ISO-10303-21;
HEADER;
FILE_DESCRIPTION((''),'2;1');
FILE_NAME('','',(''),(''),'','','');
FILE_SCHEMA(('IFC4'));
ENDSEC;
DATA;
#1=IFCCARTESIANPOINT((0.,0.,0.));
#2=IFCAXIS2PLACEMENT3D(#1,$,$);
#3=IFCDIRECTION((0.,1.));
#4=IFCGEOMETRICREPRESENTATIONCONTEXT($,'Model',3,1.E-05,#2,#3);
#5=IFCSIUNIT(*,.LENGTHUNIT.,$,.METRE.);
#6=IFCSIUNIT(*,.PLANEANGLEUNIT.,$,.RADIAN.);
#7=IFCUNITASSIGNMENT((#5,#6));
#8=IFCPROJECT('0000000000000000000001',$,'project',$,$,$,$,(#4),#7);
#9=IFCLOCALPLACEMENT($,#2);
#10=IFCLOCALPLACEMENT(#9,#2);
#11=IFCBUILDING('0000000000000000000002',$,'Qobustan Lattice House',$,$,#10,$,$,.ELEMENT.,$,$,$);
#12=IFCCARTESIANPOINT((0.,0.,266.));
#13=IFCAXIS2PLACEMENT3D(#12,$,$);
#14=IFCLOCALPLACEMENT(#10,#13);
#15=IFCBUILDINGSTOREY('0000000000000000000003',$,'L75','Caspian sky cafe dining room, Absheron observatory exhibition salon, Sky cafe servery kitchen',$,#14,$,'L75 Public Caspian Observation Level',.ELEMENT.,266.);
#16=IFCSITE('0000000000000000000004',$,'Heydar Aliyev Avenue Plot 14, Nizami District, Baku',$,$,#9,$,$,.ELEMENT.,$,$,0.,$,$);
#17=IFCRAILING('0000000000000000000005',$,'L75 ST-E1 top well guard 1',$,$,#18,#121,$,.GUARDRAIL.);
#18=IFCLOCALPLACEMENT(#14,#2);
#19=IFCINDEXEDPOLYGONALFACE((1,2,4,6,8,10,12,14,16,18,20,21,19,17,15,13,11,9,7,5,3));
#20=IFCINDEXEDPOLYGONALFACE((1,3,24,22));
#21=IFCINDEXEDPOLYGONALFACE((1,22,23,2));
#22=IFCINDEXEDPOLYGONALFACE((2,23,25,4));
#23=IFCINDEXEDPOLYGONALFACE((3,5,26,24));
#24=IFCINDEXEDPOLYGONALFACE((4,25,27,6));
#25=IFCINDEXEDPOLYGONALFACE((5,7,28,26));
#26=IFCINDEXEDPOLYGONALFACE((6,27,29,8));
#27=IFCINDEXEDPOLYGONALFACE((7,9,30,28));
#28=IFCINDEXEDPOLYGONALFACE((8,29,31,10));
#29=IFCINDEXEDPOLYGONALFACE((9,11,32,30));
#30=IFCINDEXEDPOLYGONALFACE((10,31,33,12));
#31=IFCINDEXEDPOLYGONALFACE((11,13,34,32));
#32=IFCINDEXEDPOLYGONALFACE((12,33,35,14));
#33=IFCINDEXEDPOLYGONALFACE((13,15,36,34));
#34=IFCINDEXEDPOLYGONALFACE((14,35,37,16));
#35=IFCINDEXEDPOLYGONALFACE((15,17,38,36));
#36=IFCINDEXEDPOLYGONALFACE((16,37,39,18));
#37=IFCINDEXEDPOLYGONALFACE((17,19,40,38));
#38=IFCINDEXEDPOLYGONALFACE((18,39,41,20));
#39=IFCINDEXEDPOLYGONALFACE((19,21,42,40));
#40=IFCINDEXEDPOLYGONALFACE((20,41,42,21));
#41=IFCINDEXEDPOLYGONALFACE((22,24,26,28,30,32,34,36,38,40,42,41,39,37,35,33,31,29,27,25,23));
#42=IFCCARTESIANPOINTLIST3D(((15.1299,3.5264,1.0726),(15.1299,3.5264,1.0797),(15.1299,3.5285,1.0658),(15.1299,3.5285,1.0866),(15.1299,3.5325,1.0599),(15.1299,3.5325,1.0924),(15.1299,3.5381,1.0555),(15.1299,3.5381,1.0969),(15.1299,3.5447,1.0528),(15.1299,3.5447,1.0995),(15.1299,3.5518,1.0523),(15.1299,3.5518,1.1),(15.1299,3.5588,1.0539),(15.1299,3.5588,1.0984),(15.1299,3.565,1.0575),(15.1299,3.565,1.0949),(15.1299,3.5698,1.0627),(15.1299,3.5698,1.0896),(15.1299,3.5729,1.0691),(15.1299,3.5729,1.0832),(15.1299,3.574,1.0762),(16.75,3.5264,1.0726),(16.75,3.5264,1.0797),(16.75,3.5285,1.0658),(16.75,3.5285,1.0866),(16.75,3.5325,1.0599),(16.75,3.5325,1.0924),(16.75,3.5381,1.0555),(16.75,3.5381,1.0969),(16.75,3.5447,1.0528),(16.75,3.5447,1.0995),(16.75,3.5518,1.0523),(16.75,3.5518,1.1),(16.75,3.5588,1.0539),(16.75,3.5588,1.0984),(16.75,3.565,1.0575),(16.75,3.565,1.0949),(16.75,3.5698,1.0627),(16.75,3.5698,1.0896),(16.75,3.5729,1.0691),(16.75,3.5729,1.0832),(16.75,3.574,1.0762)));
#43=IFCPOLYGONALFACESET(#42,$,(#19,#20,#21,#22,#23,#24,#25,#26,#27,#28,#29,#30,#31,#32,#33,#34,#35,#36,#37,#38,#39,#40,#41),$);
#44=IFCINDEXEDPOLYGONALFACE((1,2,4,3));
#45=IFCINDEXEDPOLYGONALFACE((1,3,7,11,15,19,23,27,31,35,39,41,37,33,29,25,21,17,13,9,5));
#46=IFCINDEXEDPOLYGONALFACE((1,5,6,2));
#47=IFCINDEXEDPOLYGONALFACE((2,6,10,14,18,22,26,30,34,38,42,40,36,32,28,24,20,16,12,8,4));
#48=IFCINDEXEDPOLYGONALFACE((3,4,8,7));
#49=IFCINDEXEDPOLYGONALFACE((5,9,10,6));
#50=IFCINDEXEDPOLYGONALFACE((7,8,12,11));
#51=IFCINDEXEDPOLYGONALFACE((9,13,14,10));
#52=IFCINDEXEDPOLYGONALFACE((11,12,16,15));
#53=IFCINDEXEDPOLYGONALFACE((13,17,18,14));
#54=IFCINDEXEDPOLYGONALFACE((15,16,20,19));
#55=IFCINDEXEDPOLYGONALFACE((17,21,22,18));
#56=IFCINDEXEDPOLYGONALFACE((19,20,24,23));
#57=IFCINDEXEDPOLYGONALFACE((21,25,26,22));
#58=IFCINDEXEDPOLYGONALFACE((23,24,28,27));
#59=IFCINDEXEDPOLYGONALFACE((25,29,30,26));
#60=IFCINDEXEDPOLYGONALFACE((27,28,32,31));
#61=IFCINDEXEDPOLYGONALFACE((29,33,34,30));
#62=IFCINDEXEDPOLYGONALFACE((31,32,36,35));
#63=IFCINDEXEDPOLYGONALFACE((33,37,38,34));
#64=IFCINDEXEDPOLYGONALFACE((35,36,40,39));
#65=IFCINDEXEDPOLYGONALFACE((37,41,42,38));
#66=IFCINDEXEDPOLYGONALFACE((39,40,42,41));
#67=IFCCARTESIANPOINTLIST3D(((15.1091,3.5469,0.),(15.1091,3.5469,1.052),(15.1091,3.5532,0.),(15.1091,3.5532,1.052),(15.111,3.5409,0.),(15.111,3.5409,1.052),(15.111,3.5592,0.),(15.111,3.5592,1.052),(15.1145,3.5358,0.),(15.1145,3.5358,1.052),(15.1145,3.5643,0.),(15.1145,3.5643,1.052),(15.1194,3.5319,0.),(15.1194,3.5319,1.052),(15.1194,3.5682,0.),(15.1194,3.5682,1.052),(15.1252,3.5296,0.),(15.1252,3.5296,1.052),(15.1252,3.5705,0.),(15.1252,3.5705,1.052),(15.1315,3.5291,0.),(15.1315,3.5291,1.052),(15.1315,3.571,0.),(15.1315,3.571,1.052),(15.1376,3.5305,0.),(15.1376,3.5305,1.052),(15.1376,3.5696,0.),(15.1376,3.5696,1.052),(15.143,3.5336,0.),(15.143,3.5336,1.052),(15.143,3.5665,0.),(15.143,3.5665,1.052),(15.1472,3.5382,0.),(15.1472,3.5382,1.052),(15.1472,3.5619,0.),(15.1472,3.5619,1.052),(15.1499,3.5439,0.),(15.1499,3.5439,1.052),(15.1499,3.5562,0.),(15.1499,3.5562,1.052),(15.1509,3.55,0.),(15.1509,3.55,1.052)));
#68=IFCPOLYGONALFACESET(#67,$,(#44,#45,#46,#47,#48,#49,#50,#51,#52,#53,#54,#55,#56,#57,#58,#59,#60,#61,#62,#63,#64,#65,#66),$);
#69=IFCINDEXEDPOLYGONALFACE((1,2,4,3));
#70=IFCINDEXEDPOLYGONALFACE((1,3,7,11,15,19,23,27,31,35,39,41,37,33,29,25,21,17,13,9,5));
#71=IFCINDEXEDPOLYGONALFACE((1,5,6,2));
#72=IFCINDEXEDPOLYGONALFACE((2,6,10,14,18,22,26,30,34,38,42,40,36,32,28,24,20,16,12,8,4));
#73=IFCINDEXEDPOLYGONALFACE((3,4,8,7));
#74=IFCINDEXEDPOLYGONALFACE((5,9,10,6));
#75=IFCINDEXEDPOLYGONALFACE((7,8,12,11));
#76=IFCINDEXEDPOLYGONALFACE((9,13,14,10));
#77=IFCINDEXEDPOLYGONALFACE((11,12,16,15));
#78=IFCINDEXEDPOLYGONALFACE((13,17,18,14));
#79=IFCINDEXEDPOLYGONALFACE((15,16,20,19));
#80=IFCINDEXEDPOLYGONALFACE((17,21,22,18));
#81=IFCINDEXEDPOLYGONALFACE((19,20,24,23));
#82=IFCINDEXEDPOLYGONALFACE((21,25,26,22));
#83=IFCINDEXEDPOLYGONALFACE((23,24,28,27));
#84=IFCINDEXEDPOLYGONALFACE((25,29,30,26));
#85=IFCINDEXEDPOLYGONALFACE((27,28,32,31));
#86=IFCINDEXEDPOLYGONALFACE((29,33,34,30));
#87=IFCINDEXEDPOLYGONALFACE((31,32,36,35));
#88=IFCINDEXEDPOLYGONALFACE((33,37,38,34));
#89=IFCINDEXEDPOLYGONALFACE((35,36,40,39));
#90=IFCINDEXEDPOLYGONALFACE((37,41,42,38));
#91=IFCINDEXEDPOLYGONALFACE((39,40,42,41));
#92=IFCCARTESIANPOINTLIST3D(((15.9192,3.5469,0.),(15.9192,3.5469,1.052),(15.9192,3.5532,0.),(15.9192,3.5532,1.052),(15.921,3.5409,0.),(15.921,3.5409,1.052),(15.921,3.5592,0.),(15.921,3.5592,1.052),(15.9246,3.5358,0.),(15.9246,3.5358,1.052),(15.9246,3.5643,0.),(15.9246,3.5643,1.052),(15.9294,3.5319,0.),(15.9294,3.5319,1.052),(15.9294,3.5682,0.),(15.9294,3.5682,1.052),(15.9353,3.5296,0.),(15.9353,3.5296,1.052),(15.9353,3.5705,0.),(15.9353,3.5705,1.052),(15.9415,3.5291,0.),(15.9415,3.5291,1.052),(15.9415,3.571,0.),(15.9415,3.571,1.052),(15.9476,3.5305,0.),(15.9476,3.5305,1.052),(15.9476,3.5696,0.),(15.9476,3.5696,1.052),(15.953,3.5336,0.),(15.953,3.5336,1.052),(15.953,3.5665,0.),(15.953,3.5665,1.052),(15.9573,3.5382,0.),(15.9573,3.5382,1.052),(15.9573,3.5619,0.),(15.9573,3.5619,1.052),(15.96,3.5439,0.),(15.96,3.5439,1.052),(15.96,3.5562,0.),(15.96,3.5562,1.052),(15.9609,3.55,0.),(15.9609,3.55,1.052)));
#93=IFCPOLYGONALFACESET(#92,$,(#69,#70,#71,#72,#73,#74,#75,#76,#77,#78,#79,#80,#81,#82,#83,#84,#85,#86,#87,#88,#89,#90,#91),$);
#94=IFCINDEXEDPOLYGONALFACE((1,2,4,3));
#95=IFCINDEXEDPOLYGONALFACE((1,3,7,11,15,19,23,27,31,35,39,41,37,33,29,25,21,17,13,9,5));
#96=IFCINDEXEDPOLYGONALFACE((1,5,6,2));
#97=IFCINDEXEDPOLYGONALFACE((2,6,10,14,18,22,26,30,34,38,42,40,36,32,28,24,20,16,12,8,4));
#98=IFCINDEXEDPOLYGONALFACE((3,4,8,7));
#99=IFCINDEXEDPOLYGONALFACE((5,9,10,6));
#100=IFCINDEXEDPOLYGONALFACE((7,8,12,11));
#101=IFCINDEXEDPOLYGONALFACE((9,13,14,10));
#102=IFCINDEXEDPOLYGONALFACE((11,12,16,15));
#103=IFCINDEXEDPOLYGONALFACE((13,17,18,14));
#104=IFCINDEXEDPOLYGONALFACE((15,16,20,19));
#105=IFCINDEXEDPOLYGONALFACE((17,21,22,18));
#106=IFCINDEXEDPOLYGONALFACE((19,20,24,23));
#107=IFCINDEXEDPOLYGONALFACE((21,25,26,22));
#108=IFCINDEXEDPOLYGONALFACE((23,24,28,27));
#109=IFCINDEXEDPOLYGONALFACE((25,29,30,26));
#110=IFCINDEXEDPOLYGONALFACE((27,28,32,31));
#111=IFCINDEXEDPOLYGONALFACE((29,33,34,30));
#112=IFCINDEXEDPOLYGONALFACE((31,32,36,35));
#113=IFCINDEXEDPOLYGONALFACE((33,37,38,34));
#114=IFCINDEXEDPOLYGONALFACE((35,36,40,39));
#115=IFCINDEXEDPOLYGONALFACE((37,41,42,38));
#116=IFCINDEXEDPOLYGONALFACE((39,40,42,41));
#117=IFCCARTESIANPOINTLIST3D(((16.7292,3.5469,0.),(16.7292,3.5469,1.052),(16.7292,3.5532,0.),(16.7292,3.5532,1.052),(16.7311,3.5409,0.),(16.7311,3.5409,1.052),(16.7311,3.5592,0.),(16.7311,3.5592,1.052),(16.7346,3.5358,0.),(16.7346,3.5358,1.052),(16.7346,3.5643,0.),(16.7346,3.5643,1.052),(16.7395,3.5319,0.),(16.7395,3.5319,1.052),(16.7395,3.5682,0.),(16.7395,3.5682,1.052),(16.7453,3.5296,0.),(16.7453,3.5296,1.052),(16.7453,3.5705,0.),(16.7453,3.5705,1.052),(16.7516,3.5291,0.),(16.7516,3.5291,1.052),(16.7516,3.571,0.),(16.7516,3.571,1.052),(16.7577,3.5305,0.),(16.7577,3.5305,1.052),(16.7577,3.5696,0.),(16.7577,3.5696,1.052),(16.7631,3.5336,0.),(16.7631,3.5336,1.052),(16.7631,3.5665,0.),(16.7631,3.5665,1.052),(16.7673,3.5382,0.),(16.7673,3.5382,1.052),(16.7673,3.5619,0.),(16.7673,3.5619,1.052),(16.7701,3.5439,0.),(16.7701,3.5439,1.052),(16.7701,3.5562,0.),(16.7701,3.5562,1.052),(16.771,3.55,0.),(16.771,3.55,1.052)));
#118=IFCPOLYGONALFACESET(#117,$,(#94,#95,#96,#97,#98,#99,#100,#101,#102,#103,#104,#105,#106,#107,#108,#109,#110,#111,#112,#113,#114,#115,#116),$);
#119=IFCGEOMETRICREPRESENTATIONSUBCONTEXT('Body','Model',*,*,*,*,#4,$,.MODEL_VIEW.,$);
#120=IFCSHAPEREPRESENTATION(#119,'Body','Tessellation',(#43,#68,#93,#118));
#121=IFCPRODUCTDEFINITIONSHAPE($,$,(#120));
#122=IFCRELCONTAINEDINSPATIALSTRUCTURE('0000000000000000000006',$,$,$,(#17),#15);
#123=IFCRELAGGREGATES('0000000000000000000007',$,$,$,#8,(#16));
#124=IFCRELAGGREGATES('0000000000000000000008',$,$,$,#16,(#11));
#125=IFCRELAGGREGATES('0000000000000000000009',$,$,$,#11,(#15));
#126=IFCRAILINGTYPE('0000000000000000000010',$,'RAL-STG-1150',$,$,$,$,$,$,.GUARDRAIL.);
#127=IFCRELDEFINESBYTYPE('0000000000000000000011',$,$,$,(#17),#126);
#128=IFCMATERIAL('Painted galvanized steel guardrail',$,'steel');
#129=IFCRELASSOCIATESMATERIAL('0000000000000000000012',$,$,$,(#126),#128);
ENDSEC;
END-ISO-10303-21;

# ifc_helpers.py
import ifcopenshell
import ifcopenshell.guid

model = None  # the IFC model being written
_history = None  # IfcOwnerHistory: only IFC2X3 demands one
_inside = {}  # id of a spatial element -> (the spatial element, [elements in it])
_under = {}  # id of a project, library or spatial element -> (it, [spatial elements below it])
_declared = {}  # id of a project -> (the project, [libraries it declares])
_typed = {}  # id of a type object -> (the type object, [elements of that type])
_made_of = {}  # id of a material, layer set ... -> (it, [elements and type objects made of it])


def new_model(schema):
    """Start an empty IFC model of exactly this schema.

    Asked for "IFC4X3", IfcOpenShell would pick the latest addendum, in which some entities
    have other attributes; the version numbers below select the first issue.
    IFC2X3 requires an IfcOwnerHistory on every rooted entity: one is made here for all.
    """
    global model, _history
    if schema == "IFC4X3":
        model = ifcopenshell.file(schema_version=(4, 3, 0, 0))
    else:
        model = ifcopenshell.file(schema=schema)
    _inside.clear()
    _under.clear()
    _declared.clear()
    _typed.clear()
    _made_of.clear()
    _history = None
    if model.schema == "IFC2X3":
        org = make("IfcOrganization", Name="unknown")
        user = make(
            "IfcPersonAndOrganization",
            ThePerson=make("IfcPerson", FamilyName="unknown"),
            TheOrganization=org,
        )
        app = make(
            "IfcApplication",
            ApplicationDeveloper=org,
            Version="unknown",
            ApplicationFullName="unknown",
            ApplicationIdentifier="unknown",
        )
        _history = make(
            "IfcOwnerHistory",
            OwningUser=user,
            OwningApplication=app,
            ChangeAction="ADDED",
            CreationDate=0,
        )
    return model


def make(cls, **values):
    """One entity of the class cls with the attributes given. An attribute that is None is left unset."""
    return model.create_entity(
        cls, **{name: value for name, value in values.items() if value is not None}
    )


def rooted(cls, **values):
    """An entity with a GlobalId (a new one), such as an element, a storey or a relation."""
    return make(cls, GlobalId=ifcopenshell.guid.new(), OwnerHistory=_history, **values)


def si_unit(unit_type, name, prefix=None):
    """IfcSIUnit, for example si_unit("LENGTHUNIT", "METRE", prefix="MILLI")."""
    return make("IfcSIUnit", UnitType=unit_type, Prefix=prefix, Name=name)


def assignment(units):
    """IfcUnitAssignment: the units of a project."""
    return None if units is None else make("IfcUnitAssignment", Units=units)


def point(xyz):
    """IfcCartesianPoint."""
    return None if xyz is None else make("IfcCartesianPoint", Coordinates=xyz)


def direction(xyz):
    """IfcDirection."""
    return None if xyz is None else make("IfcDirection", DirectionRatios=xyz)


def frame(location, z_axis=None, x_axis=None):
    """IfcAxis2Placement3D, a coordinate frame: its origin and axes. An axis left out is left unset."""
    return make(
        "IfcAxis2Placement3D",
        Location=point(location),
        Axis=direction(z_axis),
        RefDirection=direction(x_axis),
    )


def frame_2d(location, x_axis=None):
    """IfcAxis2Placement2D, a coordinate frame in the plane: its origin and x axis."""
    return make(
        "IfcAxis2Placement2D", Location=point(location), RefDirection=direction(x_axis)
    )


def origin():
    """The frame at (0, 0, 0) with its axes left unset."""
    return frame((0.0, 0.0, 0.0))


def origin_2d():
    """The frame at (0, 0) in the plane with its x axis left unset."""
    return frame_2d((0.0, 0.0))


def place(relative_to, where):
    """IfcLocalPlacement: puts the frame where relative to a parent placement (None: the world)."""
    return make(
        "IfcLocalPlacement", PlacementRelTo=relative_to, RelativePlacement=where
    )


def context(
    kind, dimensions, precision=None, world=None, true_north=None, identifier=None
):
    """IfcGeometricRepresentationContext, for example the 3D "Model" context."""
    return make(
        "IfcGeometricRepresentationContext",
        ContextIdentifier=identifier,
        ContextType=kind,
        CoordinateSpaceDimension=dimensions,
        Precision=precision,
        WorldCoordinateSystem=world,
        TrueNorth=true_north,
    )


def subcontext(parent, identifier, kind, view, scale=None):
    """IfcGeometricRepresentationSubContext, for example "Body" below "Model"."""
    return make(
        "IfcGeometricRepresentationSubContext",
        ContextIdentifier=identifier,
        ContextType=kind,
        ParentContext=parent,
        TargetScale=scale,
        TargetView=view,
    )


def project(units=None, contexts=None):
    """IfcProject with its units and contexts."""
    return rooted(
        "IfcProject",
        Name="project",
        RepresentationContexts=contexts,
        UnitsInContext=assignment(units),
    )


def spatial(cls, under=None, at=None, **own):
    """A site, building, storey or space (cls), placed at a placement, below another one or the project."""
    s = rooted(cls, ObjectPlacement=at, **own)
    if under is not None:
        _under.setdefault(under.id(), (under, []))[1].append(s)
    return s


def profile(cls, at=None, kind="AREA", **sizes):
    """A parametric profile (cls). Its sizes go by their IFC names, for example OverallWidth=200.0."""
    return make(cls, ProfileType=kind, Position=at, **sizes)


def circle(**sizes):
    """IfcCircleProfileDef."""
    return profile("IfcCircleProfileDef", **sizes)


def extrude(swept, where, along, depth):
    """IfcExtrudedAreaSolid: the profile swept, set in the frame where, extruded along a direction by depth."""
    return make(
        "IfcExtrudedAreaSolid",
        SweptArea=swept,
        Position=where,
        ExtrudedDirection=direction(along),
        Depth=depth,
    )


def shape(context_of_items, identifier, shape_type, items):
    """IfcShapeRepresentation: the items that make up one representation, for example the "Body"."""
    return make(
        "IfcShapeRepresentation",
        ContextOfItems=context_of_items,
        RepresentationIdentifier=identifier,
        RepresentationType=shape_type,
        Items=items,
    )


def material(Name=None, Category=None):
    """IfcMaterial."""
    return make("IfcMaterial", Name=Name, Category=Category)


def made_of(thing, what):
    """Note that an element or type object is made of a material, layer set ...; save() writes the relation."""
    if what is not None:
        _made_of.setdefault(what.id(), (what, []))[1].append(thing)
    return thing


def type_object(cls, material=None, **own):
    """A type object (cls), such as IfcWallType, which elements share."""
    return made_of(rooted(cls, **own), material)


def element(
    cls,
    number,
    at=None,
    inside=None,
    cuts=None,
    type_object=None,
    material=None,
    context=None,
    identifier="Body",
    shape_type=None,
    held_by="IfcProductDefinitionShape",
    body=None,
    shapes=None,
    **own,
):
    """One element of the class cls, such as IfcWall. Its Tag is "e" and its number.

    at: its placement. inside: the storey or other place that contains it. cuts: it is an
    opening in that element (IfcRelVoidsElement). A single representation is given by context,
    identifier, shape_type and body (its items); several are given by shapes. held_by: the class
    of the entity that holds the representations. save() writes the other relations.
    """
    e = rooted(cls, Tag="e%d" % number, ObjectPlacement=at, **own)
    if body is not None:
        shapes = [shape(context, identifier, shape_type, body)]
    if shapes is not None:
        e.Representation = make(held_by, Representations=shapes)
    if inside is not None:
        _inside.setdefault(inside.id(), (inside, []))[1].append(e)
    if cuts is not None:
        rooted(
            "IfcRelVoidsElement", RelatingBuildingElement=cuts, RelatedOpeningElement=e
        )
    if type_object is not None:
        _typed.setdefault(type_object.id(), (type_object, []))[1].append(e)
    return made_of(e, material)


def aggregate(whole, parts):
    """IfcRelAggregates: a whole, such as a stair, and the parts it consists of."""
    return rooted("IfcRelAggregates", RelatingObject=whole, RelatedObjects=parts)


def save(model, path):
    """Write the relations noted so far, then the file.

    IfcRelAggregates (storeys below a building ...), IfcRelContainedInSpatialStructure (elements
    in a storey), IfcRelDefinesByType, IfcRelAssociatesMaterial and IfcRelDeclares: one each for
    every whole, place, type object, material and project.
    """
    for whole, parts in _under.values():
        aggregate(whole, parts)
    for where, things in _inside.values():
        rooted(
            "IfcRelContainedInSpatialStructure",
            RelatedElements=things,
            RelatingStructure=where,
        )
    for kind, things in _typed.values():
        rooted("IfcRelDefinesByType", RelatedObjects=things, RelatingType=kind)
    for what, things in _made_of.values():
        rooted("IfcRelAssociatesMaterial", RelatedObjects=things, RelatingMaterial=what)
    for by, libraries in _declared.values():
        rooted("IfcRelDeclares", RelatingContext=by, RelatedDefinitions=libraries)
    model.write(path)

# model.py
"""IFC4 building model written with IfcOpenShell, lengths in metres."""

from ifc_helpers import new_model, si_unit, direction, frame, origin, origin_2d, place, context, subcontext, project, spatial, circle, extrude, material, type_object, element, save


model = new_model("IFC4")

# Units and contexts
model_context = context("Model", 3, precision=1e-05, world=origin(), true_north=direction((0.0, 1.0)))
body_context = subcontext(model_context, "Body", "Model", "MODEL_VIEW")
ifc_project = project(units=[si_unit("LENGTHUNIT", "METRE"), si_unit("PLANEANGLEUNIT", "RADIAN")], contexts=[model_context])

# Site, building, storey
site_placement = place(None, origin())
site = spatial("IfcSite", under=ifc_project, at=site_placement, Name="Heydar Aliyev Avenue Plot 14, Nizami District, Baku", CompositionType="ELEMENT", RefElevation=0.0)
building_placement = place(site_placement, origin())
building = spatial("IfcBuilding", under=site, at=building_placement, Name="Qobustan Lattice House", CompositionType="ELEMENT")
storey_placement = place(building_placement, frame((0.0, 0.0, 266.0)))
storey = spatial("IfcBuildingStorey", under=building, at=storey_placement, Name="L75", Description="Caspian sky cafe dining room, Absheron observatory exhibition salon, Sky cafe servery kitchen", LongName="L75 Public Caspian Observation Level", CompositionType="ELEMENT", Elevation=266.0)

# Railing
ifc_material_1 = material(Name="Painted galvanized steel guardrail", Category="steel")
railing_type = type_object("IfcRailingType", Name="RAL-STG-1150", PredefinedType="GUARDRAIL", material=ifc_material_1)
railing_placement = place(storey_placement, frame((15.1299, 3.55, 0.0)))
element("IfcRailing", 1, at=railing_placement, inside=storey, type_object=railing_type, Name="L75 ST-E1 top well guard 1", PredefinedType="GUARDRAIL", context=body_context, shape_type="SweptSolid", body=[
    extrude(circle(Radius=0.0239, at=origin_2d()), frame((0.0, 0.0, 1.0762), z_axis=(1.0, 0.0, 0.0), x_axis=(0.0, 1.0, 0.0)), (0.0, 0.0, 1.0), 1.6201),
    extrude(circle(Radius=0.021, at=origin_2d()), origin(), (0.0, 0.0, 1.0), 1.052),
    extrude(circle(Radius=0.021, at=origin_2d()), frame((0.8101, 0.0, 0.0)), (0.0, 0.0, 1.0), 1.052),
    extrude(circle(Radius=0.021, at=origin_2d()), frame((1.6201, 0.0, 0.0)), (0.0, 0.0, 1.0), 1.052),
])

save(model, "model.ifc")
